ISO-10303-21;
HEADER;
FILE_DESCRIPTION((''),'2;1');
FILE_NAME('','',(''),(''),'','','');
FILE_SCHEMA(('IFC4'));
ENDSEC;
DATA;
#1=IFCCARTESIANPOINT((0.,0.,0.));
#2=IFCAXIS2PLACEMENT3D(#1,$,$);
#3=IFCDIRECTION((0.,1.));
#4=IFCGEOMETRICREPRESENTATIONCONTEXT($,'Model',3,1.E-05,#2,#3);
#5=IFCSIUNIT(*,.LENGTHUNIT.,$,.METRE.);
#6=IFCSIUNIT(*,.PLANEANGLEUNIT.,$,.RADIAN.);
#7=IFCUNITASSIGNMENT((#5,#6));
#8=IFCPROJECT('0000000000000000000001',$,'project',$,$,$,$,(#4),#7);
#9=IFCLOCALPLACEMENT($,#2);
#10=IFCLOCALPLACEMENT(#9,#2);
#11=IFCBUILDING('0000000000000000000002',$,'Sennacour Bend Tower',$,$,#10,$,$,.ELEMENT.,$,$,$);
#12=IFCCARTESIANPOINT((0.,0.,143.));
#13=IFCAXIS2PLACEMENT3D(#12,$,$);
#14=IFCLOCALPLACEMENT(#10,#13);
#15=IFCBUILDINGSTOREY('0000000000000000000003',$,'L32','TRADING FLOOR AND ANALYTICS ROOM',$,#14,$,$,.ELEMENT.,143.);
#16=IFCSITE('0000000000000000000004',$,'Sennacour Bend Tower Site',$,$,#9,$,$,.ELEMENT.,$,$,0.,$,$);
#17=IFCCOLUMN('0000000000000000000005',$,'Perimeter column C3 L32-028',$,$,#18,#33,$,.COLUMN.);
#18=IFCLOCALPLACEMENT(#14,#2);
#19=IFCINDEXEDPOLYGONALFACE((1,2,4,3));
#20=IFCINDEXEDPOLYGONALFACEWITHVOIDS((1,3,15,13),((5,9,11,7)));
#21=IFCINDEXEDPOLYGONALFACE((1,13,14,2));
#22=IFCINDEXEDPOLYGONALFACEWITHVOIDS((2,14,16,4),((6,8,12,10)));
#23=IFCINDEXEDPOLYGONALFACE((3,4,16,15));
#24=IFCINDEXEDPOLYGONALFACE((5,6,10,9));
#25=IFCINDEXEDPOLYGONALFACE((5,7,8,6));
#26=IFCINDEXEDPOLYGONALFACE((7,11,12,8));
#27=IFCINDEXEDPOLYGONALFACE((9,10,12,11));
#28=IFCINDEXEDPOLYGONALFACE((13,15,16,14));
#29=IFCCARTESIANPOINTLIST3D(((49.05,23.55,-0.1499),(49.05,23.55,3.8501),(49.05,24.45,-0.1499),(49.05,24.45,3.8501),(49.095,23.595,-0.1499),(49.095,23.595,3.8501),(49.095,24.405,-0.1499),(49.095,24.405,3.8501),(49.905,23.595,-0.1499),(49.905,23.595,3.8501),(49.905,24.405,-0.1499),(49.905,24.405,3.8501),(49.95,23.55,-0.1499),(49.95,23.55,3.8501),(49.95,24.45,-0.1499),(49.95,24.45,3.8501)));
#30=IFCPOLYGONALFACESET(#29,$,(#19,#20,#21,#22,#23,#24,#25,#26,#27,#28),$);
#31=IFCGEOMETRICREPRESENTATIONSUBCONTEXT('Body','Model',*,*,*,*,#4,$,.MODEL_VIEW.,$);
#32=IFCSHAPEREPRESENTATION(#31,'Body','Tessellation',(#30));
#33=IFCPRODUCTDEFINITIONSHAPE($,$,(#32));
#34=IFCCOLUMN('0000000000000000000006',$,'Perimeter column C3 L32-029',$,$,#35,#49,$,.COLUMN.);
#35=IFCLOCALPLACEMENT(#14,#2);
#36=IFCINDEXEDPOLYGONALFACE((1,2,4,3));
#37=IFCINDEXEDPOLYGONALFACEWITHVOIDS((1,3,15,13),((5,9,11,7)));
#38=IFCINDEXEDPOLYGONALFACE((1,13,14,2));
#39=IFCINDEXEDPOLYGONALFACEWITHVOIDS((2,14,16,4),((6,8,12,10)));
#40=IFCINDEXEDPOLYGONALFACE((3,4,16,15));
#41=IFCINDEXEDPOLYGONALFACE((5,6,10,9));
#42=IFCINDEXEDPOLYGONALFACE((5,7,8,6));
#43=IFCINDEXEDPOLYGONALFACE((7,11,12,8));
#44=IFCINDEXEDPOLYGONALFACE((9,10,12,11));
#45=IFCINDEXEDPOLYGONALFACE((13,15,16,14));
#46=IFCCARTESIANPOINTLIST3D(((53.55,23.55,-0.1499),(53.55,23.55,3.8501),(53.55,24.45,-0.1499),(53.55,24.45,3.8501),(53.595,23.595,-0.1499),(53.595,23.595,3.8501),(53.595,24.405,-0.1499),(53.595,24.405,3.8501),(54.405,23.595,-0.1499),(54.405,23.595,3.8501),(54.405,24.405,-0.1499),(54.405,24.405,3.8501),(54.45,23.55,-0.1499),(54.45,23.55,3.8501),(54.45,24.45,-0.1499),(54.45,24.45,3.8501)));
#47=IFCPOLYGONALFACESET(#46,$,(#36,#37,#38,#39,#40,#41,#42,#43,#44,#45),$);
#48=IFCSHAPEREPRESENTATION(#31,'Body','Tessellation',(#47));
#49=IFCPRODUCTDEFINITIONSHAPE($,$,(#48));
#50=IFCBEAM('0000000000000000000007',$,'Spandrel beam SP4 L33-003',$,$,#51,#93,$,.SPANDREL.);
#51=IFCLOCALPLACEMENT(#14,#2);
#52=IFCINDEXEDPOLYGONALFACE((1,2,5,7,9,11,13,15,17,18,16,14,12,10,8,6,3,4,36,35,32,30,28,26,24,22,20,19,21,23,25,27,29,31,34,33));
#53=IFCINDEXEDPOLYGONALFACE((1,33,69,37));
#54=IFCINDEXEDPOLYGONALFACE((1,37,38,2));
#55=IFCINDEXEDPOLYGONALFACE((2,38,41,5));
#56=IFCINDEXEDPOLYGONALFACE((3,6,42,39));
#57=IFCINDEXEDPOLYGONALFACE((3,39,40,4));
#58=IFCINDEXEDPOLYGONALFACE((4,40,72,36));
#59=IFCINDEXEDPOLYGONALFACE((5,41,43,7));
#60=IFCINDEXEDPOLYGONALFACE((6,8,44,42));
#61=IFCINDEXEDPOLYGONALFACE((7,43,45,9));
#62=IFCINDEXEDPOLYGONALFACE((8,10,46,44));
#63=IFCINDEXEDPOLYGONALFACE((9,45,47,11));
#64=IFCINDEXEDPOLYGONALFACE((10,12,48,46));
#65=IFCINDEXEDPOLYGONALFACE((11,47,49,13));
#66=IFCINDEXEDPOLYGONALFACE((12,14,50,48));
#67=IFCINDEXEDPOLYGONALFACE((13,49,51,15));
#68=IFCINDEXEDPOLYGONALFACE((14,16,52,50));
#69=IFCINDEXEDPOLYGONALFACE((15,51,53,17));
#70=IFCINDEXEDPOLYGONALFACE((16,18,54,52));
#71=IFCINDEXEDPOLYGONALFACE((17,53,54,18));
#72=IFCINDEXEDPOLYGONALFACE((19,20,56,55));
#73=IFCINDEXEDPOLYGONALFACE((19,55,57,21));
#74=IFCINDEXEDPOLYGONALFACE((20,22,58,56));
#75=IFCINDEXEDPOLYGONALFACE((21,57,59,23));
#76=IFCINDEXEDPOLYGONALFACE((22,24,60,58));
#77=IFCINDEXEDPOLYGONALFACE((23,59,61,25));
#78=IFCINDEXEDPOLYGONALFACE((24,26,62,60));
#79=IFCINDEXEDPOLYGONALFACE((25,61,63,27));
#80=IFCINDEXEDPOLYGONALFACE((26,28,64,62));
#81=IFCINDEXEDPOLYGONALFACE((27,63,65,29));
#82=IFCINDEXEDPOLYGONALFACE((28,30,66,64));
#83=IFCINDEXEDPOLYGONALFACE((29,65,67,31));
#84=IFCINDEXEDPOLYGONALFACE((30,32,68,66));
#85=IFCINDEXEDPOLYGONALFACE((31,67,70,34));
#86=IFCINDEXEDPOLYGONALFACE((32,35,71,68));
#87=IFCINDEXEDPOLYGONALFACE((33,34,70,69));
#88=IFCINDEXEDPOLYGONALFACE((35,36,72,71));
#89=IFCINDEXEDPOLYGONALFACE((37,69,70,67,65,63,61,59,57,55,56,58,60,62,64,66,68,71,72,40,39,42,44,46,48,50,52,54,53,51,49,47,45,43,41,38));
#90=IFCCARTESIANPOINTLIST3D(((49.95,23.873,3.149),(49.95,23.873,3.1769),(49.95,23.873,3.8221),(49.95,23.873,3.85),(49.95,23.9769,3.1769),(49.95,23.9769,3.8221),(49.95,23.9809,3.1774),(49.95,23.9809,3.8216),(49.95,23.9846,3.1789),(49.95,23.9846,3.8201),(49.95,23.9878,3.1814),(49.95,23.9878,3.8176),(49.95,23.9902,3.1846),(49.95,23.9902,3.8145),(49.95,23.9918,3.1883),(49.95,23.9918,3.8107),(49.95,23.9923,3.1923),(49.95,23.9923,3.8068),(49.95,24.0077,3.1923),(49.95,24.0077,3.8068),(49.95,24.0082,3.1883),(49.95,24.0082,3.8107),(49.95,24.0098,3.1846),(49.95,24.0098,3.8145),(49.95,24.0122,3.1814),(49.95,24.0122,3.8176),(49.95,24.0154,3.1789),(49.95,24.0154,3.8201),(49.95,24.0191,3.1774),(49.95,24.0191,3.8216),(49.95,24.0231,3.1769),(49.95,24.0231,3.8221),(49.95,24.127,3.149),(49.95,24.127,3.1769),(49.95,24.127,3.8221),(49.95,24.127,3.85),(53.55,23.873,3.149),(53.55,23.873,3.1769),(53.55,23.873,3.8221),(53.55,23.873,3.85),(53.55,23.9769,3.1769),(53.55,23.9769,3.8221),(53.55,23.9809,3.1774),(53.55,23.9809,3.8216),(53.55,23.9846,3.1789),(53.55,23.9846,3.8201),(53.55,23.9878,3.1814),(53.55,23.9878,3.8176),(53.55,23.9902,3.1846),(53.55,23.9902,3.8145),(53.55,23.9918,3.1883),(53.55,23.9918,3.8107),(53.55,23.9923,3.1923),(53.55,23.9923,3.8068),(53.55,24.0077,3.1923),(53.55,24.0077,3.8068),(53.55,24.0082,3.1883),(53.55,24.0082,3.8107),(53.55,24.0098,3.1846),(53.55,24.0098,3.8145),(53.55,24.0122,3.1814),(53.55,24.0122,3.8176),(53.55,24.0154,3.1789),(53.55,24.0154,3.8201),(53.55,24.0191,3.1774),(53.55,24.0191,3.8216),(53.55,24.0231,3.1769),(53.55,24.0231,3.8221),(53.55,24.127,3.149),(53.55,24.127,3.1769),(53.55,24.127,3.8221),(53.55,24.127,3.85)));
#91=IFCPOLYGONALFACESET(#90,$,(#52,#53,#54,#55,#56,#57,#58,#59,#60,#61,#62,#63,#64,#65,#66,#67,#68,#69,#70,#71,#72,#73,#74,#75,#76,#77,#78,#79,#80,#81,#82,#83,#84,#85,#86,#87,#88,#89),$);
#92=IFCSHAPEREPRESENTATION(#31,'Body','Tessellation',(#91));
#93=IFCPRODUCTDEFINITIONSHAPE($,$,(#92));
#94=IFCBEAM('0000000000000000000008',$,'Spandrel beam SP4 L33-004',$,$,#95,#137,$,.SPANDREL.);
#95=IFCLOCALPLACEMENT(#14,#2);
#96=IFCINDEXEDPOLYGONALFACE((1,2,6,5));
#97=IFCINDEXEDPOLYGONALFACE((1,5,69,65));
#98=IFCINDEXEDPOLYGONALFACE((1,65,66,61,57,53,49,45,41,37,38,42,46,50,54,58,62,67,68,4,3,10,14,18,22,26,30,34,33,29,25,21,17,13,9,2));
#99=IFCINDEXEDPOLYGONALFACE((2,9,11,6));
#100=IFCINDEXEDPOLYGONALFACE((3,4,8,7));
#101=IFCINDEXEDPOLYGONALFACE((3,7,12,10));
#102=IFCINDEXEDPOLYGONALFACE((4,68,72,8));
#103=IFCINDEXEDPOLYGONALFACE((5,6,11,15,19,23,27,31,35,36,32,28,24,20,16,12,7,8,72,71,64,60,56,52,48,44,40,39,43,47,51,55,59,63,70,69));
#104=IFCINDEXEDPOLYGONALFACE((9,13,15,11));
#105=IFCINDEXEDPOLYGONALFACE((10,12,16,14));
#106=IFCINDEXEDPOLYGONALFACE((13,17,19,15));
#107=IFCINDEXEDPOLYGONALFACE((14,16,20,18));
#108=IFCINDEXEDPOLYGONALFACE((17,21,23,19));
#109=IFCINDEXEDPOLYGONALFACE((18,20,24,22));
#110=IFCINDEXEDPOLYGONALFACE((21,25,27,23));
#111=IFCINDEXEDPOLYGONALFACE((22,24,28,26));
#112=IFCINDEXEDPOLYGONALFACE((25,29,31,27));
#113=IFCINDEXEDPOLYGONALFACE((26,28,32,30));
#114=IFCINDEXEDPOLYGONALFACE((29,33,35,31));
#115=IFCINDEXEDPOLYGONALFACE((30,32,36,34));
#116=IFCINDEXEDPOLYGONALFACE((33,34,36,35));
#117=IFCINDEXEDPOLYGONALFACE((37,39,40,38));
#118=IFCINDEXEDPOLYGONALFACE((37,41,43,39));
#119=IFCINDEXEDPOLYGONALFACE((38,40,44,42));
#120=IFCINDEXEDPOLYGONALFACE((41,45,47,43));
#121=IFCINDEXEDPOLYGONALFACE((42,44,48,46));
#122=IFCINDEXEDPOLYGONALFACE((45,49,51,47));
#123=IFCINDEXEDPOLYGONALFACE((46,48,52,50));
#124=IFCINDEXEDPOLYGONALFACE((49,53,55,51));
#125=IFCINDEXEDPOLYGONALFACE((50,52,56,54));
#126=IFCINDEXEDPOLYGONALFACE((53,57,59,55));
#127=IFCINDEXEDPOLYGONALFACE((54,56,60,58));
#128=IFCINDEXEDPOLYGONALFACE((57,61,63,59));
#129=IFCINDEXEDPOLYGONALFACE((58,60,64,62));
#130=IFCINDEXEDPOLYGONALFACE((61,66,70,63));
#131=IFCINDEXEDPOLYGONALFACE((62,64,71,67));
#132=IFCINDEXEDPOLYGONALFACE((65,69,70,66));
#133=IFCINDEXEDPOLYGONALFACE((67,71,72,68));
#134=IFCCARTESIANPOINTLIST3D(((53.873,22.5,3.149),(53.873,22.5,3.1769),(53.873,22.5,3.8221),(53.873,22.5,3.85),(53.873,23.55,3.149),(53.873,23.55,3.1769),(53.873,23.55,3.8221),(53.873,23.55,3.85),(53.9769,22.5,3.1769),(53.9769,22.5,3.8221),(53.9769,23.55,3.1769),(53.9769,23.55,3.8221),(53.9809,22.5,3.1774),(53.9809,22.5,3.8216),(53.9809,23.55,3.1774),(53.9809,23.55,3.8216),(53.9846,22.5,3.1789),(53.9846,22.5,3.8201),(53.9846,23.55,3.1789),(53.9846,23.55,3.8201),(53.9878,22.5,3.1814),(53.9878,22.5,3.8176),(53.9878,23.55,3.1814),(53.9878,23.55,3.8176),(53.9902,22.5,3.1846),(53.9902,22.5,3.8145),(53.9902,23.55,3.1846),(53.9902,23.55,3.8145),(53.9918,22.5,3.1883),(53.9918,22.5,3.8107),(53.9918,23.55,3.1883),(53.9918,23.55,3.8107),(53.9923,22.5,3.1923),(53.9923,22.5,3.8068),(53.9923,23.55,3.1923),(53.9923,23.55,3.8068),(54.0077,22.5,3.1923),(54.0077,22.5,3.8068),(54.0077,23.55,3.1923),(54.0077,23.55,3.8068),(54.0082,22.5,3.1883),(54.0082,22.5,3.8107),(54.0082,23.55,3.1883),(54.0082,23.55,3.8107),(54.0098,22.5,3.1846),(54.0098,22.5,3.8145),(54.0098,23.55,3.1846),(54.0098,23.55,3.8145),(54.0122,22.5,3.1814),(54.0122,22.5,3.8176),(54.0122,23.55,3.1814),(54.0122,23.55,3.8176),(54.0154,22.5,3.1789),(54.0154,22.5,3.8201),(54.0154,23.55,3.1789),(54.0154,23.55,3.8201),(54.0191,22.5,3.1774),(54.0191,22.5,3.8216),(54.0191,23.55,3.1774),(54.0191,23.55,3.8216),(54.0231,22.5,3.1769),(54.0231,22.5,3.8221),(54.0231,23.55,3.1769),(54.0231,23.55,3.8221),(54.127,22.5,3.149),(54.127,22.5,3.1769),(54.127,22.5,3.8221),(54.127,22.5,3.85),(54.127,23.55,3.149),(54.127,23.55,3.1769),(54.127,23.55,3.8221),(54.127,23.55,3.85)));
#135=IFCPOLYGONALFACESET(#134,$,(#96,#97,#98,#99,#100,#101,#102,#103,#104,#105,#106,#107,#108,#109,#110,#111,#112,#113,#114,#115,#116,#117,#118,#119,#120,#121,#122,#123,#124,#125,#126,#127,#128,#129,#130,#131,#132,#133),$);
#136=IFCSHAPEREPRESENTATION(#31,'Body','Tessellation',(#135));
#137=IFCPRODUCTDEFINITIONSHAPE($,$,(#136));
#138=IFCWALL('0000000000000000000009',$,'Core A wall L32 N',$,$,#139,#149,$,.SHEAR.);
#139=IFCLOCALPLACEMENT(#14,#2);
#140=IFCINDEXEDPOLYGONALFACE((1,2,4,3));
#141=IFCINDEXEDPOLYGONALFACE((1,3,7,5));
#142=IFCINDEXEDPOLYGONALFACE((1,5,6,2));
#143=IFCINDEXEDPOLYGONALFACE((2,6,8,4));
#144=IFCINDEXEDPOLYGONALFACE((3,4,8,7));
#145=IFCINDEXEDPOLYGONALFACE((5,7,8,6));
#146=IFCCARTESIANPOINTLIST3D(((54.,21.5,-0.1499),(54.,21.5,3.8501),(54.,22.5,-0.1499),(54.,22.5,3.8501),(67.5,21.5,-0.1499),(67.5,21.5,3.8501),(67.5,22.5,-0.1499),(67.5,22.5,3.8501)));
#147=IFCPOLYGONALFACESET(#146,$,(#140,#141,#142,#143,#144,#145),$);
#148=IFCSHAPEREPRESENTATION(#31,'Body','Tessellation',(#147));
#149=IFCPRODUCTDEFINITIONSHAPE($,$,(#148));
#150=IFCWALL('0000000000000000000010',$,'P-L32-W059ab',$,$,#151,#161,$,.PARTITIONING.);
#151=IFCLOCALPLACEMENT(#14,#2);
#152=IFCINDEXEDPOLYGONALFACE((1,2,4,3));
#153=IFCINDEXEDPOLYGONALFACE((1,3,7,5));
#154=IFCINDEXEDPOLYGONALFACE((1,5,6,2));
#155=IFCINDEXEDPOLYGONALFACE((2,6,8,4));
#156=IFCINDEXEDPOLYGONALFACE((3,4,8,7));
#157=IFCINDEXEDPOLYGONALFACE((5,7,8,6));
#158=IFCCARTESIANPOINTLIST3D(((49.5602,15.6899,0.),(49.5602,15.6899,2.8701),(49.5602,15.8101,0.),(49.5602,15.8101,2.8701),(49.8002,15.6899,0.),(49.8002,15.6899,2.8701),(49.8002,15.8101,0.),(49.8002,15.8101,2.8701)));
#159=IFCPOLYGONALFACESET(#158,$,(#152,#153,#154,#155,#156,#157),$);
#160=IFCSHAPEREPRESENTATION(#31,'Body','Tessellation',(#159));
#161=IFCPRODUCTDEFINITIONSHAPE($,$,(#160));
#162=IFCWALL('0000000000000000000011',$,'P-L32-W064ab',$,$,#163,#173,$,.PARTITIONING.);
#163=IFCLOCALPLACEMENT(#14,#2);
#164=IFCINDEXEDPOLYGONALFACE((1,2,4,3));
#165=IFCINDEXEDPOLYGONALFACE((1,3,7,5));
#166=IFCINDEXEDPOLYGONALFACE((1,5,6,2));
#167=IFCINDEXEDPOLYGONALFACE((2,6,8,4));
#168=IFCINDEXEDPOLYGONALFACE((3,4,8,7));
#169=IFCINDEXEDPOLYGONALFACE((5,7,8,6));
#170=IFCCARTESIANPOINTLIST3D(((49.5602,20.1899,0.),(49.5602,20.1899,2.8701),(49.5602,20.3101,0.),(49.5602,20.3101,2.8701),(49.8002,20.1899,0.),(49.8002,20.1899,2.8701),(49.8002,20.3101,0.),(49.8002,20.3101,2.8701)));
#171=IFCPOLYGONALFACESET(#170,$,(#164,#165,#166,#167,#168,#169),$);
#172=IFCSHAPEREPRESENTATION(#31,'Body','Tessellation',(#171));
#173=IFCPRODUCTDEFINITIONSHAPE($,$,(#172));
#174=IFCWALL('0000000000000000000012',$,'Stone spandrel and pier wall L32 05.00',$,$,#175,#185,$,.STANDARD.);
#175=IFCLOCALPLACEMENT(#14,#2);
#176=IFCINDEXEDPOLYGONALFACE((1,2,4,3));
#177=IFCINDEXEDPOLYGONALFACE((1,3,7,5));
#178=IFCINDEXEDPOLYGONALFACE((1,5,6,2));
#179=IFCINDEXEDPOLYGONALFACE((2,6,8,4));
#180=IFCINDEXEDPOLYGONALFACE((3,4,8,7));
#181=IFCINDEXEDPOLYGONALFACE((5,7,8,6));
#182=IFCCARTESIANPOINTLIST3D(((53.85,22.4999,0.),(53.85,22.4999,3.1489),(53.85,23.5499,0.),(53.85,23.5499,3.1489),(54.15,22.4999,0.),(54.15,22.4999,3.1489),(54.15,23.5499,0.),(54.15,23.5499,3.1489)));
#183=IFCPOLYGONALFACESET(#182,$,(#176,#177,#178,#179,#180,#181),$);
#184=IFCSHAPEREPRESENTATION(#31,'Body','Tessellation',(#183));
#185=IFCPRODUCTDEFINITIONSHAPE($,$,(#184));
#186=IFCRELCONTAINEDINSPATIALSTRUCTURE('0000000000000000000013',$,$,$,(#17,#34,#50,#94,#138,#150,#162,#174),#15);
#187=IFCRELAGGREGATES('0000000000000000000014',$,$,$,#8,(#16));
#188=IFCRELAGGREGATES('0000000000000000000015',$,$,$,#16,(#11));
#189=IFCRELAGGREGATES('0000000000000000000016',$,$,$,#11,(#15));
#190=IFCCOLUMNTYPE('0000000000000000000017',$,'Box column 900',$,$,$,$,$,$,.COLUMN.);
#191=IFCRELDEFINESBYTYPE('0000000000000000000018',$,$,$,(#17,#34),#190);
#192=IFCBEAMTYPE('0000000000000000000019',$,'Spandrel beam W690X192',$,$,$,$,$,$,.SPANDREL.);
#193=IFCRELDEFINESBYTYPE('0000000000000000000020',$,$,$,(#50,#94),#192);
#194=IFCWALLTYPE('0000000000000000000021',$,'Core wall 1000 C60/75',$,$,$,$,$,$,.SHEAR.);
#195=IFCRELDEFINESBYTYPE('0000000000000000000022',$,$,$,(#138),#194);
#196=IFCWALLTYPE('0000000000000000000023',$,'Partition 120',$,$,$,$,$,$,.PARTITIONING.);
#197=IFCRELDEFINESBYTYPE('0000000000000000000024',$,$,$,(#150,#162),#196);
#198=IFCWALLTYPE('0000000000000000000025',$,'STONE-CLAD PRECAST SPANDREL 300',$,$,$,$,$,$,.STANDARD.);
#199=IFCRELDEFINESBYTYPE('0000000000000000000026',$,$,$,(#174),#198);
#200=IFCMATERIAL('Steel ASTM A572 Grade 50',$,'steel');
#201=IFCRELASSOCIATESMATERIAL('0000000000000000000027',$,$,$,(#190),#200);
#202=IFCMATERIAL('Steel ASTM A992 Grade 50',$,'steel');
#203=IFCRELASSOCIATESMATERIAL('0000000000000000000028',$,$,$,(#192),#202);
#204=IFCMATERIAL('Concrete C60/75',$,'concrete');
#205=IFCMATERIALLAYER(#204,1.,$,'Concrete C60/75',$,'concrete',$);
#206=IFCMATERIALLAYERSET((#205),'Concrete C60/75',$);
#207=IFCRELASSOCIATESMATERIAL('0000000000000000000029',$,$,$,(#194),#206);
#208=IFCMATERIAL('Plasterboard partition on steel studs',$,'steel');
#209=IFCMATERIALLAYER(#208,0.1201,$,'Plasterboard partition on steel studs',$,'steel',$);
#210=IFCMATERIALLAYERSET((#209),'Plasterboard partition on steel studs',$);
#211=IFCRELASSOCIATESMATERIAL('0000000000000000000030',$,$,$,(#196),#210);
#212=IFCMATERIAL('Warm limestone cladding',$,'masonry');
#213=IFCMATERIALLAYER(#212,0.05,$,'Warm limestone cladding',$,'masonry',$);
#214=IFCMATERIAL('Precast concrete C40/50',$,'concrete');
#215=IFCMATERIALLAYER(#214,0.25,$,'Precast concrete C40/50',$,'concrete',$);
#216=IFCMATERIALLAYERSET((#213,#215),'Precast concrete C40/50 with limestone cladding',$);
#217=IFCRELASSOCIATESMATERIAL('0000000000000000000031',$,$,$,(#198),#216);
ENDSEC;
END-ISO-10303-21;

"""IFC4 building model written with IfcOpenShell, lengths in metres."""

from ifc_helpers import new_model, si_unit, direction, frame, frame_2d, origin, origin_2d, place, context, subcontext, project, spatial, rectangle, hollow_rectangle, i_section, extrude, material, layer, layer_set, material_profile, profile_set, type_object, element, save


model = new_model("IFC4")

# Units and contexts
model_context = context("Model", 3, precision=1e-05, world=origin(), true_north=direction((0.0, 1.0)))
body_context = subcontext(model_context, "Body", "Model", "MODEL_VIEW")
ifc_project = project(units=[si_unit("LENGTHUNIT", "METRE"), si_unit("PLANEANGLEUNIT", "RADIAN")], contexts=[model_context])

# Site, building, storey
site_placement = place(None, origin())
site = spatial("IfcSite", under=ifc_project, at=site_placement, Name="Sennacour Bend Tower Site", CompositionType="ELEMENT", RefElevation=0.0)
building_placement = place(site_placement, origin())
building = spatial("IfcBuilding", under=site, at=building_placement, Name="Sennacour Bend Tower", CompositionType="ELEMENT")
storey_placement = place(building_placement, frame((0.0, 0.0, 143.0)))
storey = spatial("IfcBuildingStorey", under=building, at=storey_placement, Name="L32", Description="TRADING FLOOR AND ANALYTICS ROOM", CompositionType="ELEMENT", Elevation=143.0)

# Columns
ifc_material_1 = material(Name="Steel ASTM A572 Grade 50", Category="steel")
ifc_material_profile_1 = material_profile(ifc_material_1, hollow_rectangle(XDim=0.8999, YDim=0.8999, WallThickness=0.0449, at=origin_2d()), Name="Steel ASTM A572 Grade 50", Category="steel")
ifc_profile_set_1 = profile_set([ifc_material_profile_1], Name="Steel ASTM A572 Grade 50")
column_type = type_object("IfcColumnType", Name="Box column 900", PredefinedType="COLUMN", material=ifc_profile_set_1)
for number, where, z_axis, x_axis, name in (
    (1, (49.5, 24.0, -0.1499), (0.0, 0.0, 1.0), (1.0, 0.0, 0.0), "Perimeter column C3 L32-028"),
    (2, (54.0, 24.0, -0.1499), (0.0, 0.0, 1.0), (1.0, 0.0, 0.0), "Perimeter column C3 L32-029"),
):
    element("IfcColumn", number, at=place(storey_placement, frame(where, z_axis=z_axis, x_axis=x_axis)), inside=storey, type_object=column_type, Name=name, PredefinedType="COLUMN", context=body_context, shape_type="SweptSolid", body=[
        extrude(hollow_rectangle(XDim=0.8999, YDim=0.8999, WallThickness=0.0449, at=origin_2d()), origin(), (0.0, 0.0, 1.0), 4.0),
    ])

# Beams
ifc_material_2 = material(Name="Steel ASTM A992 Grade 50", Category="steel")
ifc_material_profile_2 = material_profile(ifc_material_2, i_section(OverallWidth=0.2539, OverallDepth=0.7009, WebThickness=0.0154, FlangeThickness=0.0278, FilletRadius=0.0154, at=origin_2d()), Name="Steel ASTM A992 Grade 50", Category="steel")
ifc_profile_set_2 = profile_set([ifc_material_profile_2], Name="Steel ASTM A992 Grade 50")
beam_type = type_object("IfcBeamType", Name="Spandrel beam W690X192", PredefinedType="SPANDREL", material=ifc_profile_set_2)
beam_1_placement = place(storey_placement, frame((49.95, 24.0, 3.4995), z_axis=(1.0, 0.0, 0.0), x_axis=(0.0, 1.0, 0.0)))
element("IfcBeam", 3, at=beam_1_placement, inside=storey, type_object=beam_type, Name="Spandrel beam SP4 L33-003", PredefinedType="SPANDREL", context=body_context, shape_type="SweptSolid", body=[
    extrude(i_section(OverallWidth=0.2539, OverallDepth=0.7009, WebThickness=0.0154, FlangeThickness=0.0278, FilletRadius=0.0154, at=origin_2d()), origin(), (0.0, 0.0, 1.0), 3.6001),
])
beam_2_placement = place(storey_placement, frame((54.0, 23.55, 3.4995), z_axis=(0.0, -1.0, 0.0), x_axis=(1.0, 0.0, 0.0)))
element("IfcBeam", 4, at=beam_2_placement, inside=storey, type_object=beam_type, Name="Spandrel beam SP4 L33-004", PredefinedType="SPANDREL", context=body_context, shape_type="SweptSolid", body=[
    extrude(i_section(OverallWidth=0.2539, OverallDepth=0.7009, WebThickness=0.0154, FlangeThickness=0.0278, FilletRadius=0.0154, at=origin_2d()), origin(), (0.0, 0.0, 1.0), 1.05),
])

# Walls
ifc_material_3 = material(Name="Concrete C60/75", Category="concrete")
ifc_layer_1 = layer(ifc_material_3, 1.0, Name="Concrete C60/75", Category="concrete")
ifc_layer_set_1 = layer_set([ifc_layer_1], Name="Concrete C60/75")
wall_type_1 = type_object("IfcWallType", Name="Core wall 1000 C60/75", PredefinedType="SHEAR", material=ifc_layer_set_1)
wall_1_placement = place(storey_placement, frame((54.0, 22.0, -0.1499), z_axis=(0.0, 0.0, 1.0), x_axis=(1.0, 0.0, 0.0)))
element("IfcWall", 5, at=wall_1_placement, inside=storey, type_object=wall_type_1, Name="Core A wall L32 N", PredefinedType="SHEAR", context=body_context, shape_type="SweptSolid", body=[
    extrude(rectangle(XDim=13.5, YDim=1.0, at=frame_2d((6.75, 0.0))), origin(), (0.0, 0.0, 1.0), 4.0),
])
ifc_material_4 = material(Name="Plasterboard partition on steel studs", Category="steel")
ifc_layer_2 = layer(ifc_material_4, 0.1201, Name="Plasterboard partition on steel studs", Category="steel")
ifc_layer_set_2 = layer_set([ifc_layer_2], Name="Plasterboard partition on steel studs")
wall_type_2 = type_object("IfcWallType", Name="Partition 120", PredefinedType="PARTITIONING", material=ifc_layer_set_2)
for number, where, z_axis, x_axis, name in (
    (6, (49.5601, 15.75, 0.0), (0.0, 0.0, 1.0), (1.0, 0.0, 0.0), "P-L32-W059ab"),
    (7, (49.5601, 20.25, 0.0), (0.0, 0.0, 1.0), (1.0, 0.0, 0.0), "P-L32-W064ab"),
):
    element("IfcWall", number, at=place(storey_placement, frame(where, z_axis=z_axis, x_axis=x_axis)), inside=storey, type_object=wall_type_2, Name=name, PredefinedType="PARTITIONING", context=body_context, shape_type="SweptSolid", body=[
        extrude(rectangle(XDim=0.24, YDim=0.1201, at=frame_2d((0.1201, 0.0))), origin(), (0.0, 0.0, 1.0), 2.8701),
    ])
ifc_material_5 = material(Name="Warm limestone cladding", Category="masonry")
ifc_layer_3 = layer(ifc_material_5, 0.05, Name="Warm limestone cladding", Category="masonry")
ifc_material_6 = material(Name="Precast concrete C40/50", Category="concrete")
ifc_layer_4 = layer(ifc_material_6, 0.25, Name="Precast concrete C40/50", Category="concrete")
ifc_layer_set_3 = layer_set([ifc_layer_3, ifc_layer_4], Name="Precast concrete C40/50 with limestone cladding")
wall_type_3 = type_object("IfcWallType", Name="STONE-CLAD PRECAST SPANDREL 300", PredefinedType="STANDARD", material=ifc_layer_set_3)
wall_2_placement = place(storey_placement, frame((54.0, 22.5, 0.0), z_axis=(0.0, 0.0, 1.0), x_axis=(0.0, 1.0, 0.0)))
element("IfcWall", 8, at=wall_2_placement, inside=storey, type_object=wall_type_3, Name="Stone spandrel and pier wall L32 05.00", PredefinedType="STANDARD", context=body_context, shape_type="SweptSolid", body=[
    extrude(rectangle(XDim=1.05, YDim=0.3, at=frame_2d((0.5249, 0.0))), origin(), (0.0, 0.0, 1.0), 3.1489),
])

save(model, "model.ifc")
